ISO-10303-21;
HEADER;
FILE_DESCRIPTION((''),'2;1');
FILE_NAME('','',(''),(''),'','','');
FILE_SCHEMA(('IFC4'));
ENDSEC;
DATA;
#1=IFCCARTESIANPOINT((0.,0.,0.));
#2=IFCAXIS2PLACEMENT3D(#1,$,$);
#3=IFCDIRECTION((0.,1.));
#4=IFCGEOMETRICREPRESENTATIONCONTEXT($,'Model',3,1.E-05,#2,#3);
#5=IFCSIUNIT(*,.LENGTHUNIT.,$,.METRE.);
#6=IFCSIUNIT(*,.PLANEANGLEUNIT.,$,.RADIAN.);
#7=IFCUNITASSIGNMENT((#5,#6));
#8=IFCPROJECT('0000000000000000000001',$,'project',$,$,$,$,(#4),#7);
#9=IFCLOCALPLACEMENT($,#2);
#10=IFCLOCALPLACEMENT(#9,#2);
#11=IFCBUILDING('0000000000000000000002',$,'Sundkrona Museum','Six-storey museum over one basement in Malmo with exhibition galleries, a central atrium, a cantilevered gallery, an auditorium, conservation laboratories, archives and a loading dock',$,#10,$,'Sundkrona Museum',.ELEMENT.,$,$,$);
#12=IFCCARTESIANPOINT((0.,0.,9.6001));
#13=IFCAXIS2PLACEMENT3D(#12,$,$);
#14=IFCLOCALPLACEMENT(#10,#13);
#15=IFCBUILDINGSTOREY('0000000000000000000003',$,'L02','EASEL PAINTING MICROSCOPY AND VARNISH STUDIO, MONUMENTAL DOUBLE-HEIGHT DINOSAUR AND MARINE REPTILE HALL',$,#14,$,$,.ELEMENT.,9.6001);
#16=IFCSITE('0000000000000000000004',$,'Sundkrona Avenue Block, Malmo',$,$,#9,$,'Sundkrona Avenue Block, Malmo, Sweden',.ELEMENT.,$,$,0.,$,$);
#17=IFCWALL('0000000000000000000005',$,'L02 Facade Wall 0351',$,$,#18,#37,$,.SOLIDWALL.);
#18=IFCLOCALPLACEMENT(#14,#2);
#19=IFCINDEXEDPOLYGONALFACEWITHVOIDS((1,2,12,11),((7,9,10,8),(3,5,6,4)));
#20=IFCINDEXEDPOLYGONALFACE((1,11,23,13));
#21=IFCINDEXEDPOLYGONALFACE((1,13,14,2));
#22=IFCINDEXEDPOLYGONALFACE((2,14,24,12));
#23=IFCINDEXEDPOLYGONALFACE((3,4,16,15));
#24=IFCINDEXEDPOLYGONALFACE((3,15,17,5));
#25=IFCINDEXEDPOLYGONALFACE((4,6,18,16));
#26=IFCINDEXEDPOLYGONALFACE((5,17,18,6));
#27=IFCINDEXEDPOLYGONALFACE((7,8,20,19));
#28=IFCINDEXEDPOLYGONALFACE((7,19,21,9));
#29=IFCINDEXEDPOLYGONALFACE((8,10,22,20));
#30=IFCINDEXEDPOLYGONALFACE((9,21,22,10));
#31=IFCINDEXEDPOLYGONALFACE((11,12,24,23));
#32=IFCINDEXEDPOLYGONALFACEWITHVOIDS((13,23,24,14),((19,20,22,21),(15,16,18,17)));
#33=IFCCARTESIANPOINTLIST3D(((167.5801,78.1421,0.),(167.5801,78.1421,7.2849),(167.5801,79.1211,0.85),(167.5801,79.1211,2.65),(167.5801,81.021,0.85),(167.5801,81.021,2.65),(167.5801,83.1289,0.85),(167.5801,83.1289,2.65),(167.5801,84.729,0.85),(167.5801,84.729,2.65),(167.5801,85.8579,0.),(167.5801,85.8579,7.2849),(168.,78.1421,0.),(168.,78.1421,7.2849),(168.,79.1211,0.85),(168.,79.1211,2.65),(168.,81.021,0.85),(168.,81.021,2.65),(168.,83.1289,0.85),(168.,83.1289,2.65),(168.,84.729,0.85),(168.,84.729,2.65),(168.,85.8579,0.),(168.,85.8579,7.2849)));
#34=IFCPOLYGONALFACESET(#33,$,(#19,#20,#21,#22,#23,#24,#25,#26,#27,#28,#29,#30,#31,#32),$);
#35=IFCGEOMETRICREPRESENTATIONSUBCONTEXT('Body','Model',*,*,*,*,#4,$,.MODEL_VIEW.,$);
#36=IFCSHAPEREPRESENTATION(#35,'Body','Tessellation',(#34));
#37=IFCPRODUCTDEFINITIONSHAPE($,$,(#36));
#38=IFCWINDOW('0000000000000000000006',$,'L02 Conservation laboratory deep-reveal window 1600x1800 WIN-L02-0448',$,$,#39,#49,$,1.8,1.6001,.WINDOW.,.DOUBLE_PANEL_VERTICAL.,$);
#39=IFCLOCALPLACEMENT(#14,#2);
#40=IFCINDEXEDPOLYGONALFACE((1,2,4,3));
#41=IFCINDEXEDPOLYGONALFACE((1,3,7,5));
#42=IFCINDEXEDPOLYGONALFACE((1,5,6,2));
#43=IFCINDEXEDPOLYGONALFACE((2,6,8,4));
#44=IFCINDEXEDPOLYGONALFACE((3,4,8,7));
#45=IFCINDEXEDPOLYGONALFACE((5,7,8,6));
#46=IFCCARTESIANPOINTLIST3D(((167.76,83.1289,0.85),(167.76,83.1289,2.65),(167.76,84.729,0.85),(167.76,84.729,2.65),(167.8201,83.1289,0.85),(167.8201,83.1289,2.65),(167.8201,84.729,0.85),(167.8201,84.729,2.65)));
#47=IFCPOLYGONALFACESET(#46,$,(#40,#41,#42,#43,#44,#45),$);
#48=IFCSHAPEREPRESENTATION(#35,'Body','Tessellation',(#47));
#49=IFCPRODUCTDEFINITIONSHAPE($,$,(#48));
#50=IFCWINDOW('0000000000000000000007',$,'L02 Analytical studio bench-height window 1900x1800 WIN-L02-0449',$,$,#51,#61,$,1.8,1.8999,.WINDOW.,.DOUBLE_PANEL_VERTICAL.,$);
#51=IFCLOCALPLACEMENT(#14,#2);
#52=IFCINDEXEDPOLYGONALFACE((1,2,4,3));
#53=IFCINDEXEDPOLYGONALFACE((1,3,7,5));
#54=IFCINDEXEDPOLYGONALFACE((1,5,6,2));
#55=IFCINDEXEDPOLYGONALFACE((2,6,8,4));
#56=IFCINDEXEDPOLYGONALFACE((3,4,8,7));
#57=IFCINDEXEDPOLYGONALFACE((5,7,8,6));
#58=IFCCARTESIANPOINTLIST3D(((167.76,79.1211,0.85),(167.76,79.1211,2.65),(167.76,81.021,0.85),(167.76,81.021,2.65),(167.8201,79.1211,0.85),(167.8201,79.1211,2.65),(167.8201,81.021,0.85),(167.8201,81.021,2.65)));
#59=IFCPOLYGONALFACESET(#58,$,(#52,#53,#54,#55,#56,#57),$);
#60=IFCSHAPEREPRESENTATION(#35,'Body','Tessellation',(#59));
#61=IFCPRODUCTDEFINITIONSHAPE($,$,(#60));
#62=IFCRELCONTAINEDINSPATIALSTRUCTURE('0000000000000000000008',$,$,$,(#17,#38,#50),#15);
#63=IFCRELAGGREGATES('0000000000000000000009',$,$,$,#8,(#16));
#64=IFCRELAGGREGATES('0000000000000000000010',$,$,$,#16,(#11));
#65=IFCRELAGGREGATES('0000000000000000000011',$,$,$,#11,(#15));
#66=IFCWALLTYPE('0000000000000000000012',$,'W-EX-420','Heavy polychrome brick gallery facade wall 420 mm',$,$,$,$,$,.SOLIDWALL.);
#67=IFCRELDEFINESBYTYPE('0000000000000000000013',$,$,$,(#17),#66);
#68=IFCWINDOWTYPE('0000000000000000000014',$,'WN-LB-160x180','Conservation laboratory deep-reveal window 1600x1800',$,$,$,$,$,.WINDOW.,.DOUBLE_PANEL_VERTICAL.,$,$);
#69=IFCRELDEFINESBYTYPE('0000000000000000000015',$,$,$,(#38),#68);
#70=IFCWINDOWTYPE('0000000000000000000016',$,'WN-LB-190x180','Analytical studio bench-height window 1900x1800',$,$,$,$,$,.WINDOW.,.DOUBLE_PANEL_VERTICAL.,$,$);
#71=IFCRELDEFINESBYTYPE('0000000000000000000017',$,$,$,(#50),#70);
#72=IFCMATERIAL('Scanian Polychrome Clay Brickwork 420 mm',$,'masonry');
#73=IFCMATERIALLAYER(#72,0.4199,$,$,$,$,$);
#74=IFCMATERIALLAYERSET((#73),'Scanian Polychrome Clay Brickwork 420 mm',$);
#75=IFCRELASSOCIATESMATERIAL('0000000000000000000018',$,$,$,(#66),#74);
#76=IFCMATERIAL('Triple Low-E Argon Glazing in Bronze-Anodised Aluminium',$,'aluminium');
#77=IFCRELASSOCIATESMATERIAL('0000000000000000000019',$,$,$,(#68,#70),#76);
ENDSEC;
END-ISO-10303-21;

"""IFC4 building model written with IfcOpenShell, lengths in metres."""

from ifc_helpers import new_model, si_unit, direction, frame, frame_2d, origin, place, context, subcontext, project, spatial, rectangle, extrude, material, layer, layer_set, type_object, element, fill, save


model = new_model("IFC4")

# Units and contexts
model_context = context("Model", 3, precision=1e-05, world=origin(), true_north=direction((0.0, 1.0)))
body_context = subcontext(model_context, "Body", "Model", "MODEL_VIEW")
ifc_project = project(units=[si_unit("LENGTHUNIT", "METRE"), si_unit("PLANEANGLEUNIT", "RADIAN")], contexts=[model_context])

# Site, building, storey
site_placement = place(None, origin())
site = spatial("IfcSite", under=ifc_project, at=site_placement, Name="Sundkrona Avenue Block, Malmo", LongName="Sundkrona Avenue Block, Malmo, Sweden", CompositionType="ELEMENT", RefElevation=0.0)
building_placement = place(site_placement, origin())
building = spatial("IfcBuilding", under=site, at=building_placement, Name="Sundkrona Museum", Description="Six-storey museum over one basement in Malmo with exhibition galleries, a central atrium, a cantilevered gallery, an auditorium, conservation laboratories, archives and a loading dock", LongName="Sundkrona Museum", CompositionType="ELEMENT")
storey_placement = place(building_placement, frame((0.0, 0.0, 9.6001)))
storey = spatial("IfcBuildingStorey", under=building, at=storey_placement, Name="L02", Description="EASEL PAINTING MICROSCOPY AND VARNISH STUDIO, MONUMENTAL DOUBLE-HEIGHT DINOSAUR AND MARINE REPTILE HALL", CompositionType="ELEMENT", Elevation=9.6001)

# Wall, openings, windows
ifc_material_1 = material(Name="Scanian Polychrome Clay Brickwork 420 mm", Category="masonry")
ifc_layer = layer(ifc_material_1, 0.4199)
ifc_layer_set = layer_set([ifc_layer], Name="Scanian Polychrome Clay Brickwork 420 mm")
wall_type = type_object("IfcWallType", Name="W-EX-420", Description="Heavy polychrome brick gallery facade wall 420 mm", PredefinedType="SOLIDWALL", material=ifc_layer_set)
ifc_material_2 = material(Name="Triple Low-E Argon Glazing in Bronze-Anodised Aluminium", Category="aluminium")
window_type_1 = type_object("IfcWindowType", Name="WN-LB-160x180", Description="Conservation laboratory deep-reveal window 1600x1800", PartitioningType="DOUBLE_PANEL_VERTICAL", PredefinedType="WINDOW", material=ifc_material_2)
window_type_2 = type_object("IfcWindowType", Name="WN-LB-190x180", Description="Analytical studio bench-height window 1900x1800", PartitioningType="DOUBLE_PANEL_VERTICAL", PredefinedType="WINDOW", material=ifc_material_2)
wall_1_placement = place(storey_placement, frame((167.79, 85.8579, 0.0), z_axis=(0.0, 0.0, 1.0), x_axis=(0.0, -1.0, 0.0)))
wall_1 = element("IfcWall", 1, at=wall_1_placement, inside=storey, type_object=wall_type, Name="L02 Facade Wall 0351", PredefinedType="SOLIDWALL", context=body_context, shape_type="SweptSolid", body=[
    extrude(rectangle(XDim=7.7158, YDim=0.4199, at=frame_2d((3.8579, 0.0))), origin(), (0.0, 0.0, 1.0), 7.2849),
])
opening_1_placement = place(wall_1_placement, frame((1.1289, 0.0, 0.8501)))
opening_1 = element("IfcOpeningElement", 2, at=opening_1_placement, cuts=wall_1, PredefinedType="OPENING", context=body_context, shape_type="SweptSolid", body=[
    extrude(rectangle(XDim=1.6001, YDim=1.8, at=frame_2d((0.8, 0.8999))), frame((0.0, 0.22, 0.0), z_axis=(0.0, -1.0, 0.0), x_axis=(1.0, 0.0, 0.0)), (0.0, 0.0, 1.0), 0.4399),
])
opening_2_placement = place(wall_1_placement, frame((4.8369, 0.0, 0.8501)))
opening_2 = element("IfcOpeningElement", 3, at=opening_2_placement, cuts=wall_1, PredefinedType="OPENING", context=body_context, shape_type="SweptSolid", body=[
    extrude(rectangle(XDim=1.8999, YDim=1.8, at=frame_2d((0.95, 0.8999))), frame((0.0, 0.22, 0.0), z_axis=(0.0, -1.0, 0.0), x_axis=(1.0, 0.0, 0.0)), (0.0, 0.0, 1.0), 0.4399),
])
window_1_placement = place(opening_1_placement, origin())
window_1 = element("IfcWindow", 4, at=window_1_placement, inside=storey, type_object=window_type_1, Name="L02 Conservation laboratory deep-reveal window 1600x1800 WIN-L02-0448", OverallHeight=1.8, OverallWidth=1.6001, PartitioningType="DOUBLE_PANEL_VERTICAL", PredefinedType="WINDOW", context=body_context, shape_type="SweptSolid", body=[
    extrude(rectangle(XDim=1.6001, YDim=1.8, at=frame_2d((0.8, 0.8999))), frame((0.0, 0.03, 0.0), z_axis=(0.0, -1.0, 0.0), x_axis=(1.0, 0.0, 0.0)), (0.0, 0.0, 1.0), 0.0601),
])
fill(opening_1, window_1)
window_2_placement = place(opening_2_placement, origin())
window_2 = element("IfcWindow", 5, at=window_2_placement, inside=storey, type_object=window_type_2, Name="L02 Analytical studio bench-height window 1900x1800 WIN-L02-0449", OverallHeight=1.8, OverallWidth=1.8999, PartitioningType="DOUBLE_PANEL_VERTICAL", PredefinedType="WINDOW", context=body_context, shape_type="SweptSolid", body=[
    extrude(rectangle(XDim=1.8999, YDim=1.8, at=frame_2d((0.95, 0.8999))), frame((0.0, 0.03, 0.0), z_axis=(0.0, -1.0, 0.0), x_axis=(1.0, 0.0, 0.0)), (0.0, 0.0, 1.0), 0.0601),
])
fill(opening_2, window_2)

save(model, "model.ifc")
